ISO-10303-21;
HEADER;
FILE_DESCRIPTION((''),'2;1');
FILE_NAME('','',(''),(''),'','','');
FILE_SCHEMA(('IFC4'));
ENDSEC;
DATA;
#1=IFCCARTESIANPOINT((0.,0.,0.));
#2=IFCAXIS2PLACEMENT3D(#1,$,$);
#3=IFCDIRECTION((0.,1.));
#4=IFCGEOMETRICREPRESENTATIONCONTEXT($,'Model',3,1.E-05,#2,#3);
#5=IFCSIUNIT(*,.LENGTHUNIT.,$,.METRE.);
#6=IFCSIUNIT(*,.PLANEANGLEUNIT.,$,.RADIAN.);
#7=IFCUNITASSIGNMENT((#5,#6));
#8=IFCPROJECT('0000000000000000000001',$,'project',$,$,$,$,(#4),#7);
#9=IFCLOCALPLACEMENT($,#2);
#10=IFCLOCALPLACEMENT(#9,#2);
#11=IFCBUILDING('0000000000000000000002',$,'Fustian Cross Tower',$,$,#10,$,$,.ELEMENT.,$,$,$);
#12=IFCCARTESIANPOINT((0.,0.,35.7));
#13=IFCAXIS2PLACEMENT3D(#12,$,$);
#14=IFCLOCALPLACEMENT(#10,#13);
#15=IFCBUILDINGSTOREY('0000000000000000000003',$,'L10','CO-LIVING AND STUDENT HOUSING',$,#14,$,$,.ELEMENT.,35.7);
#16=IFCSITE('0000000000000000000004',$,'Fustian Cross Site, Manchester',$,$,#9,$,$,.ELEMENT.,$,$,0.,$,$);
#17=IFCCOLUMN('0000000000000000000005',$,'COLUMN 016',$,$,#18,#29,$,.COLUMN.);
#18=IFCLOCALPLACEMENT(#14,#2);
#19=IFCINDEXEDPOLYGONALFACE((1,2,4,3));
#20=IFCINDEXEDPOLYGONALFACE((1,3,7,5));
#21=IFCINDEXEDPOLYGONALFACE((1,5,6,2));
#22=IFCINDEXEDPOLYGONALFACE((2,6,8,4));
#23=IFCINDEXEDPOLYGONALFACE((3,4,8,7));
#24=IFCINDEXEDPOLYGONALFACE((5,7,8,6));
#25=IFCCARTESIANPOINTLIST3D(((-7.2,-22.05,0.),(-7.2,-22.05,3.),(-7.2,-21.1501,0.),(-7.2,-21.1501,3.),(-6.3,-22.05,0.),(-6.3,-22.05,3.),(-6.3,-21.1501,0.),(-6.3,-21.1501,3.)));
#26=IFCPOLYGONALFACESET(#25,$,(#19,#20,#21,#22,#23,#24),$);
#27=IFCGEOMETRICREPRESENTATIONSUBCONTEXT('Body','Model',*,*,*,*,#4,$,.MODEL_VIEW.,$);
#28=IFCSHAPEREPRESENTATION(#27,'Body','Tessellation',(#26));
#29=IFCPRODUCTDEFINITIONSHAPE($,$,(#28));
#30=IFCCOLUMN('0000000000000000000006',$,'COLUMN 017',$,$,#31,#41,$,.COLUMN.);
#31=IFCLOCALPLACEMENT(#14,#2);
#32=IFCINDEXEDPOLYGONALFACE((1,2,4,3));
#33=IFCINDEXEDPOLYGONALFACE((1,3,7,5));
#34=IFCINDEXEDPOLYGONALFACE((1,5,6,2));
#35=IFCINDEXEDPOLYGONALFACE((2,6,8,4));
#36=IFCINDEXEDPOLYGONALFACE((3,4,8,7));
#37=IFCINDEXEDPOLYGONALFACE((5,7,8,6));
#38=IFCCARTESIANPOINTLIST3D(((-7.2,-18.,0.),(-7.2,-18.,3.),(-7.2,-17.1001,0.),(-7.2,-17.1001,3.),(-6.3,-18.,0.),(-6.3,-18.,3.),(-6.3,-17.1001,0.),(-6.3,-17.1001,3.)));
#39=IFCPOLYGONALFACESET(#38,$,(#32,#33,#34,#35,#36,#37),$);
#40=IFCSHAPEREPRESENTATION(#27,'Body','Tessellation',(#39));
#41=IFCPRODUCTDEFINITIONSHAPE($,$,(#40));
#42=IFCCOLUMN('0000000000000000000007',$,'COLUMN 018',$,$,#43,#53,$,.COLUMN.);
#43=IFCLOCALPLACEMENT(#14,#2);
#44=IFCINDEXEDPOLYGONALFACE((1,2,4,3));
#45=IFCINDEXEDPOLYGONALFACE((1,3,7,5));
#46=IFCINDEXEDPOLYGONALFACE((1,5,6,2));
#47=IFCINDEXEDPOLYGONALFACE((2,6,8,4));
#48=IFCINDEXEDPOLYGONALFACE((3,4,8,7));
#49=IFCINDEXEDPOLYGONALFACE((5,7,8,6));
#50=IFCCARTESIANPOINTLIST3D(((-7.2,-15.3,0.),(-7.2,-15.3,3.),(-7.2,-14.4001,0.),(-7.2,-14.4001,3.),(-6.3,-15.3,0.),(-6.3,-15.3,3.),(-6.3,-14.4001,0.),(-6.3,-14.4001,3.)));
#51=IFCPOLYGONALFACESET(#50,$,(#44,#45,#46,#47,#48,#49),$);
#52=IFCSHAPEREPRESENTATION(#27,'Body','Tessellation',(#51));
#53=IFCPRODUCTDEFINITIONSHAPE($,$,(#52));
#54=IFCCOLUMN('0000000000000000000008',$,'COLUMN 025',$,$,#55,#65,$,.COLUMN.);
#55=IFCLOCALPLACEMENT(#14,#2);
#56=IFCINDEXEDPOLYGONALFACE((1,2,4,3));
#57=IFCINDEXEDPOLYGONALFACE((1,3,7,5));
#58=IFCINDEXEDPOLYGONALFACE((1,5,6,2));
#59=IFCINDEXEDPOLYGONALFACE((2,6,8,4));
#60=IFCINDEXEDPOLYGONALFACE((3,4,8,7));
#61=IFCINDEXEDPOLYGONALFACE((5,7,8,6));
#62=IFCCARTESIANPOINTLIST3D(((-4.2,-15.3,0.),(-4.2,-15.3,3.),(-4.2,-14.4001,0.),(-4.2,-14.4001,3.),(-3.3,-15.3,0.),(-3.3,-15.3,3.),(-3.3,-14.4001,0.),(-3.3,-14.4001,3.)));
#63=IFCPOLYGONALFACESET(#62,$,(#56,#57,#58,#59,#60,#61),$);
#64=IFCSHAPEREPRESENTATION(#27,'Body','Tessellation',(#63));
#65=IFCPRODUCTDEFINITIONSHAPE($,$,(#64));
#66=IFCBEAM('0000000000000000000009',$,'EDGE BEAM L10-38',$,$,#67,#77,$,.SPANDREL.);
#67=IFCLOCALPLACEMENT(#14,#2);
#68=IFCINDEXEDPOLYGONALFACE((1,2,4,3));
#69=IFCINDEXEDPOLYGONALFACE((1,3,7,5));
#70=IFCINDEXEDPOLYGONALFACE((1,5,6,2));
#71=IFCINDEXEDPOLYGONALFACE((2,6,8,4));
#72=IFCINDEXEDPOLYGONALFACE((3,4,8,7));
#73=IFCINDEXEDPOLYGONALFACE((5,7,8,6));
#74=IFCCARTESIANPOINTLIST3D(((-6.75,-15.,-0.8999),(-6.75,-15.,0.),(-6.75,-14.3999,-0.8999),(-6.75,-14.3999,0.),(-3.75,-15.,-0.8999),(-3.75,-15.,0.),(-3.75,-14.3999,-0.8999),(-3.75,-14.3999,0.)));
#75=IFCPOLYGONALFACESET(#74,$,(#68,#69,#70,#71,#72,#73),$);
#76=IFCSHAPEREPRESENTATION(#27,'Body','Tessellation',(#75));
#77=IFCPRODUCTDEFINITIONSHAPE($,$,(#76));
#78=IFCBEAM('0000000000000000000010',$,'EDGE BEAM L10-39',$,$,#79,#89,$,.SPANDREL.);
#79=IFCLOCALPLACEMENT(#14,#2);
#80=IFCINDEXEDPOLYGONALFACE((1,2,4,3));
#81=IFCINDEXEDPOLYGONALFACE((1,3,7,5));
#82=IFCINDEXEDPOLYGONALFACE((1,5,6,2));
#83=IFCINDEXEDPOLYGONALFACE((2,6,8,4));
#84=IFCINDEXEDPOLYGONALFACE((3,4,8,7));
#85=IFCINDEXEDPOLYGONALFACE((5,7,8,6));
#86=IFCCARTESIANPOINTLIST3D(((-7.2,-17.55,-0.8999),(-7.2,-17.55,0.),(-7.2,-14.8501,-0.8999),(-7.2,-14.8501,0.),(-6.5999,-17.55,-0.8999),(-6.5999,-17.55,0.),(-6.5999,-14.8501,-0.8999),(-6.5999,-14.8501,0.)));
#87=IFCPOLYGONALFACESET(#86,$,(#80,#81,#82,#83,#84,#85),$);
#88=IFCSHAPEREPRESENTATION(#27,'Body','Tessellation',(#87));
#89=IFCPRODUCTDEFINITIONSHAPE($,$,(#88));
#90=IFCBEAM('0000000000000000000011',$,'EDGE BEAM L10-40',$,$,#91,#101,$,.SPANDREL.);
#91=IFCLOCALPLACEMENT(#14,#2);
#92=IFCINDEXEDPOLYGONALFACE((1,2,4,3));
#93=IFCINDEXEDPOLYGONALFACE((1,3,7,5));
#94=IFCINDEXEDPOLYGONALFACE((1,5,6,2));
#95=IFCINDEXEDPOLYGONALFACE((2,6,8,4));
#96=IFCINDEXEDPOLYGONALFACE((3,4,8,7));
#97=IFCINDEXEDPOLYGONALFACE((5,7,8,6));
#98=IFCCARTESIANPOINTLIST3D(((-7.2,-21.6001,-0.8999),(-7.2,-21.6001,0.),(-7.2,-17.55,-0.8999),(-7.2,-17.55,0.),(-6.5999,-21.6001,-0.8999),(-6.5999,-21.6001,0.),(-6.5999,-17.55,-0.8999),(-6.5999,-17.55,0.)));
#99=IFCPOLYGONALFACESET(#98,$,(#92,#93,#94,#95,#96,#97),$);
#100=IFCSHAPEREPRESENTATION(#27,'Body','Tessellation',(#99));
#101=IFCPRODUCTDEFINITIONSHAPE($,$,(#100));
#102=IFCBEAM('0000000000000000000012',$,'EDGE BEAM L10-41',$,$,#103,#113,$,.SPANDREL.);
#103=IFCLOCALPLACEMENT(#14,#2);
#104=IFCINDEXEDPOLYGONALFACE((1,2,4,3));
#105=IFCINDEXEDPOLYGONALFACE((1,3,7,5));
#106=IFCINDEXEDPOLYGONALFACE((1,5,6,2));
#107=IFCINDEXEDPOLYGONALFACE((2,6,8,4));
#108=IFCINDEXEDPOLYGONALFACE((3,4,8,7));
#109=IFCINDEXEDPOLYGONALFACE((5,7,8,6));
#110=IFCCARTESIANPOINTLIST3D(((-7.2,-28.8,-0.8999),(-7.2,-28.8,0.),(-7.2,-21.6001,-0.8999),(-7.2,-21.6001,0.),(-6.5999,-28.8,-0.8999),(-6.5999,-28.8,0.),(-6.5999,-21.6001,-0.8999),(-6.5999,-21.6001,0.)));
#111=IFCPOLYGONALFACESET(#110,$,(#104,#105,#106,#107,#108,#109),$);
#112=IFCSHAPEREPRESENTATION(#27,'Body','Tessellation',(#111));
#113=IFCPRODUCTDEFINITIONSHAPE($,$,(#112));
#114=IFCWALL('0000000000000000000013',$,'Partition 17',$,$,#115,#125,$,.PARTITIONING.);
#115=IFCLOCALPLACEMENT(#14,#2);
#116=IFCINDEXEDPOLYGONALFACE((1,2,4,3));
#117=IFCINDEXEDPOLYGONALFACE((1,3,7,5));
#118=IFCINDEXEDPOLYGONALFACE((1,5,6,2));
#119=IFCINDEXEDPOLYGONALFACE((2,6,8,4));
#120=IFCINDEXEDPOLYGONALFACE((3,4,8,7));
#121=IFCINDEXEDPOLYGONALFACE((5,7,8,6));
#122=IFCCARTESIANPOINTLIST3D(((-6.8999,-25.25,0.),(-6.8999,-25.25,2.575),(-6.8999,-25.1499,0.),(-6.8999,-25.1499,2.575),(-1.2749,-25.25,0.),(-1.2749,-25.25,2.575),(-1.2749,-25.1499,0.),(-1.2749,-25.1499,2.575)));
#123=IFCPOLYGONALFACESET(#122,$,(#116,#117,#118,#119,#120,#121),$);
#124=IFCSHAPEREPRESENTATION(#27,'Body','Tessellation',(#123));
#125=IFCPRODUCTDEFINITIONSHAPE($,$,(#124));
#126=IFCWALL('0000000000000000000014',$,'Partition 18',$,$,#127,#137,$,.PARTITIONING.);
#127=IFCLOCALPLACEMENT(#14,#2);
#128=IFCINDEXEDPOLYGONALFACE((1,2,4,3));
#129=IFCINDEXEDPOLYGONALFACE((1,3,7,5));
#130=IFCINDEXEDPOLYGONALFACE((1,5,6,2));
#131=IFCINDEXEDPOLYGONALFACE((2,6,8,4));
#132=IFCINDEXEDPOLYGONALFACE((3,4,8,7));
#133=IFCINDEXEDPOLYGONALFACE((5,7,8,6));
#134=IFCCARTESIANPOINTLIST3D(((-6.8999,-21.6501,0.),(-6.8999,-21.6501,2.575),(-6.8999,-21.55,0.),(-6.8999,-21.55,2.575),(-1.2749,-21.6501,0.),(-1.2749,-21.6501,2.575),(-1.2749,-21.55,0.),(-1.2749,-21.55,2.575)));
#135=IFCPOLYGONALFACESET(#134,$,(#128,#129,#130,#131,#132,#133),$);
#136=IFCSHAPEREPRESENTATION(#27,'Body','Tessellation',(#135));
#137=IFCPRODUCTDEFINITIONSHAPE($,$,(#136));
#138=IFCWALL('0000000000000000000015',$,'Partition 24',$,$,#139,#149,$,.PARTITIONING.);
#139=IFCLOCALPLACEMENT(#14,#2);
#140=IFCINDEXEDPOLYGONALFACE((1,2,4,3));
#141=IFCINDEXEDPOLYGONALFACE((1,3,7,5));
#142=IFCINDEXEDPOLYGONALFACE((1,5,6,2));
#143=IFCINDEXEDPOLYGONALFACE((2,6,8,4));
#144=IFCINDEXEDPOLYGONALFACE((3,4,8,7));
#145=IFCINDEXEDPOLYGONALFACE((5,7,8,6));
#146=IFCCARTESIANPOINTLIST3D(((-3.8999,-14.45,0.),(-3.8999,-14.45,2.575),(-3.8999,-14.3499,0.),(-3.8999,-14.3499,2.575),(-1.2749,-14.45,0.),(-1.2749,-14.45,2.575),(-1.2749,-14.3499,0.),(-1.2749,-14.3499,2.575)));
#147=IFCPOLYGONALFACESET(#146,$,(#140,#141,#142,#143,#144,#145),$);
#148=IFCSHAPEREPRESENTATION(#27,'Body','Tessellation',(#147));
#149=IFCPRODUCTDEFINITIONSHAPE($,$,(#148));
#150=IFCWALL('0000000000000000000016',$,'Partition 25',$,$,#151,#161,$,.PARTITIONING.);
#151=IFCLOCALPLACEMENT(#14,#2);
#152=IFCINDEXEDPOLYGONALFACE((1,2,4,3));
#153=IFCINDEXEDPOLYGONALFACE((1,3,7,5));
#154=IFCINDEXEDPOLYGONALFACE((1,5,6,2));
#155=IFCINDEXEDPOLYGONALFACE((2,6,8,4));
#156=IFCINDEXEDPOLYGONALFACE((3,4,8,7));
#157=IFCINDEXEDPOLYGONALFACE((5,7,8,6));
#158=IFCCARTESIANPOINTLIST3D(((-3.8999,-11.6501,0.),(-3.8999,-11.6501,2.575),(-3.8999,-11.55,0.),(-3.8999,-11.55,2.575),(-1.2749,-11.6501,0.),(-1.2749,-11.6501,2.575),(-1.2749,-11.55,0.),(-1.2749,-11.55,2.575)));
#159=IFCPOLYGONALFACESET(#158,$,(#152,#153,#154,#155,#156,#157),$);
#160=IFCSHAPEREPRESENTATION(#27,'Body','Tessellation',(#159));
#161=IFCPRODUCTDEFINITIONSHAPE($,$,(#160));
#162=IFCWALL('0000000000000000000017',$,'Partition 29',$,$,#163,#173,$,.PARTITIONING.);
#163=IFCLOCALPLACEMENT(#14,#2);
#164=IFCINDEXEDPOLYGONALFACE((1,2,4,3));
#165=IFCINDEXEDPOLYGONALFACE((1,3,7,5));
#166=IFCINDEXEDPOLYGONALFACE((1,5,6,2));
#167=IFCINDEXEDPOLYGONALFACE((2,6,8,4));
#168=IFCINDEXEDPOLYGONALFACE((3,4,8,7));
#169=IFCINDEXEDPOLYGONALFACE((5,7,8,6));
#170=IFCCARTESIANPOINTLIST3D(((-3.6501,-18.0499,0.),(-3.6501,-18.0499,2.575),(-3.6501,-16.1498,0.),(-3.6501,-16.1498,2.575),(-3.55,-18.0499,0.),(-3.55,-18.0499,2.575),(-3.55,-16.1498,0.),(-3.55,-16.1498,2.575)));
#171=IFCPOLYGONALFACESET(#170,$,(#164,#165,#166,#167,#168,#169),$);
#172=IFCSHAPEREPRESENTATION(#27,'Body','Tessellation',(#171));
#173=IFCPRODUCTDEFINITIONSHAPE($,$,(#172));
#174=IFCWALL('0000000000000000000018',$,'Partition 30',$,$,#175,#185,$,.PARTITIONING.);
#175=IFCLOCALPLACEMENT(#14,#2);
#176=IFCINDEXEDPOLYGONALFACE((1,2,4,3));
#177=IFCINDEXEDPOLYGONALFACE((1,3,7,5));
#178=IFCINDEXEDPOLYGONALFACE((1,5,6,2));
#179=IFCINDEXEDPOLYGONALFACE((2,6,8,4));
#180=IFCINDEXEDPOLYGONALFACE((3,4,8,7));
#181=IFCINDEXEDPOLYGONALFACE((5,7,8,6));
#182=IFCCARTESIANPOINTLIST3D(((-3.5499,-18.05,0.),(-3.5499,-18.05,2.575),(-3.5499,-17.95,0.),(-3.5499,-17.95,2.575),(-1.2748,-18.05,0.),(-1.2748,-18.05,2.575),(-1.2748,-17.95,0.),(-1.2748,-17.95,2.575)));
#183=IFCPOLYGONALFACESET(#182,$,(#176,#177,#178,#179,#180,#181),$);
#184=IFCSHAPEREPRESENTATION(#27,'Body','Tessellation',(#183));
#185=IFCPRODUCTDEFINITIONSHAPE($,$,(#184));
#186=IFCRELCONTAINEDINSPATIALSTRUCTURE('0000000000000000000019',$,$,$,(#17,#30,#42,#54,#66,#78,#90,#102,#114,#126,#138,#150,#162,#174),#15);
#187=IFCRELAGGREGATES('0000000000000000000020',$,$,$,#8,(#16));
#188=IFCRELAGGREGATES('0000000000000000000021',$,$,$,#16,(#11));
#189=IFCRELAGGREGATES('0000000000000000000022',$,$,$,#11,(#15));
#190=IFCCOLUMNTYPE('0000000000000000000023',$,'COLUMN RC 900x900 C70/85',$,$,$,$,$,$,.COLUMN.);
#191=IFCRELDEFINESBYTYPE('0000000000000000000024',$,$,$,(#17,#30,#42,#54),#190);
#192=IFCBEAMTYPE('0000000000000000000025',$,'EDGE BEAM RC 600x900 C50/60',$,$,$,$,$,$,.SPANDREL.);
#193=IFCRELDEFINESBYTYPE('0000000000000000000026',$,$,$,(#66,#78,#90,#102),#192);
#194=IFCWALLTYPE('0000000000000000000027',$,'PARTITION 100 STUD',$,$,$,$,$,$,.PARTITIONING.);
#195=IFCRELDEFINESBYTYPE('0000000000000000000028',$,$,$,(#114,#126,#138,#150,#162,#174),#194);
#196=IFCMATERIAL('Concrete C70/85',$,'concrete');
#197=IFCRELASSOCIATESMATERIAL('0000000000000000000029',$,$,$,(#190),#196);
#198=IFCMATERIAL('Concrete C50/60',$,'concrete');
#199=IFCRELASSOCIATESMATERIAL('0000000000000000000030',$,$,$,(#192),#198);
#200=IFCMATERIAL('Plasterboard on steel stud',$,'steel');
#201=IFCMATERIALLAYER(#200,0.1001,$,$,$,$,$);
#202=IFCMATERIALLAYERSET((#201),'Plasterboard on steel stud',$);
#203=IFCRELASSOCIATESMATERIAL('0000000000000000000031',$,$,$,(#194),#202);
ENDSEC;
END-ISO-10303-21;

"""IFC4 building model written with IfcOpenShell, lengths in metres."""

from ifc_helpers import new_model, si_unit, direction, frame, frame_2d, origin, origin_2d, place, context, subcontext, project, spatial, rectangle, extrude, material, layer, layer_set, material_profile, profile_set, type_object, element, save


model = new_model("IFC4")

# Units and contexts
model_context = context("Model", 3, precision=1e-05, world=origin(), true_north=direction((0.0, 1.0)))
body_context = subcontext(model_context, "Body", "Model", "MODEL_VIEW")
ifc_project = project(units=[si_unit("LENGTHUNIT", "METRE"), si_unit("PLANEANGLEUNIT", "RADIAN")], contexts=[model_context])

# Site, building, storey
site_placement = place(None, origin())
site = spatial("IfcSite", under=ifc_project, at=site_placement, Name="Fustian Cross Site, Manchester", CompositionType="ELEMENT", RefElevation=0.0)
building_placement = place(site_placement, origin())
building = spatial("IfcBuilding", under=site, at=building_placement, Name="Fustian Cross Tower", CompositionType="ELEMENT")
storey_placement = place(building_placement, frame((0.0, 0.0, 35.7)))
storey = spatial("IfcBuildingStorey", under=building, at=storey_placement, Name="L10", Description="CO-LIVING AND STUDENT HOUSING", CompositionType="ELEMENT", Elevation=35.7)

# Columns
ifc_material_1 = material(Name="Concrete C70/85", Category="concrete")
ifc_material_profile_1 = material_profile(ifc_material_1, rectangle(XDim=0.8999, YDim=0.8999, at=origin_2d()), Name="RC 900x900")
ifc_profile_set_1 = profile_set([ifc_material_profile_1], Name="Concrete C70/85")
column_type = type_object("IfcColumnType", Name="COLUMN RC 900x900 C70/85", PredefinedType="COLUMN", material=ifc_profile_set_1)
for number, where, z_axis, x_axis, name in (
    (1, (-6.75, -21.6001, 0.0), (0.0, 0.0, 1.0), (1.0, 0.0, 0.0), "COLUMN 016"),
    (2, (-6.75, -17.55, 0.0), (0.0, 0.0, 1.0), (1.0, 0.0, 0.0), "COLUMN 017"),
    (3, (-6.75, -14.8501, 0.0), (0.0, 0.0, 1.0), (1.0, 0.0, 0.0), "COLUMN 018"),
    (4, (-3.75, -14.8501, 0.0), (0.0, 0.0, 1.0), (1.0, 0.0, 0.0), "COLUMN 025"),
):
    element("IfcColumn", number, at=place(storey_placement, frame(where, z_axis=z_axis, x_axis=x_axis)), inside=storey, type_object=column_type, Name=name, PredefinedType="COLUMN", context=body_context, shape_type="SweptSolid", body=[
        extrude(rectangle(XDim=0.8999, YDim=0.8999, at=origin_2d()), origin(), (0.0, 0.0, 1.0), 3.0),
    ])

# Beams
ifc_material_2 = material(Name="Concrete C50/60", Category="concrete")
ifc_material_profile_2 = material_profile(ifc_material_2, rectangle(XDim=0.6001, YDim=0.8999, at=origin_2d()), Name="RC 600x900")
ifc_profile_set_2 = profile_set([ifc_material_profile_2], Name="Concrete C50/60")
beam_type = type_object("IfcBeamType", Name="EDGE BEAM RC 600x900 C50/60", PredefinedType="SPANDREL", material=ifc_profile_set_2)
beam_1_placement = place(storey_placement, frame((-3.75, -14.7, -0.45), z_axis=(-1.0, 0.0, 0.0), x_axis=(0.0, -1.0, 0.0)))
element("IfcBeam", 5, at=beam_1_placement, inside=storey, type_object=beam_type, Name="EDGE BEAM L10-38", PredefinedType="SPANDREL", context=body_context, shape_type="SweptSolid", body=[
    extrude(rectangle(XDim=0.6001, YDim=0.8999, at=origin_2d()), origin(), (0.0, 0.0, 1.0), 3.0),
])
beam_2_placement = place(storey_placement, frame((-6.8999, -14.8501, -0.45), z_axis=(0.0, -1.0, 0.0), x_axis=(1.0, 0.0, 0.0)))
element("IfcBeam", 6, at=beam_2_placement, inside=storey, type_object=beam_type, Name="EDGE BEAM L10-39", PredefinedType="SPANDREL", context=body_context, shape_type="SweptSolid", body=[
    extrude(rectangle(XDim=0.6001, YDim=0.8999, at=origin_2d()), origin(), (0.0, 0.0, 1.0), 2.7),
])
beam_3_placement = place(storey_placement, frame((-6.8999, -17.55, -0.45), z_axis=(0.0, -1.0, 0.0), x_axis=(1.0, 0.0, 0.0)))
element("IfcBeam", 7, at=beam_3_placement, inside=storey, type_object=beam_type, Name="EDGE BEAM L10-40", PredefinedType="SPANDREL", context=body_context, shape_type="SweptSolid", body=[
    extrude(rectangle(XDim=0.6001, YDim=0.8999, at=origin_2d()), origin(), (0.0, 0.0, 1.0), 4.05),
])
beam_4_placement = place(storey_placement, frame((-6.8999, -21.6001, -0.45), z_axis=(0.0, -1.0, 0.0), x_axis=(1.0, 0.0, 0.0)))
element("IfcBeam", 8, at=beam_4_placement, inside=storey, type_object=beam_type, Name="EDGE BEAM L10-41", PredefinedType="SPANDREL", context=body_context, shape_type="SweptSolid", body=[
    extrude(rectangle(XDim=0.6001, YDim=0.8999, at=origin_2d()), origin(), (0.0, 0.0, 1.0), 7.2),
])

# Walls
ifc_material_3 = material(Name="Plasterboard on steel stud", Category="steel")
ifc_layer_1 = layer(ifc_material_3, 0.1001)
ifc_layer_set_1 = layer_set([ifc_layer_1], Name="Plasterboard on steel stud")
wall_type_1 = type_object("IfcWallType", Name="PARTITION 100 STUD", PredefinedType="PARTITIONING", material=ifc_layer_set_1)
for number, where, z_axis, x_axis, name in (
    (9, (-6.8999, -25.2, 0.0), (0.0, 0.0, 1.0), (1.0, 0.0, 0.0), "Partition 17"),
    (10, (-6.8999, -21.6001, 0.0), (0.0, 0.0, 1.0), (1.0, 0.0, 0.0), "Partition 18"),
):
    element("IfcWall", number, at=place(storey_placement, frame(where, z_axis=z_axis, x_axis=x_axis)), inside=storey, type_object=wall_type_1, Name=name, PredefinedType="PARTITIONING", context=body_context, shape_type="SweptSolid", body=[
        extrude(rectangle(XDim=5.625, YDim=0.1001, at=frame_2d((2.8125, 0.0))), origin(), (0.0, 0.0, 1.0), 2.575),
    ])
for number, where, z_axis, x_axis, name in (
    (11, (-3.8999, -14.3999, 0.0), (0.0, 0.0, 1.0), (1.0, 0.0, 0.0), "Partition 24"),
    (12, (-3.8999, -11.6001, 0.0), (0.0, 0.0, 1.0), (1.0, 0.0, 0.0), "Partition 25"),
):
    element("IfcWall", number, at=place(storey_placement, frame(where, z_axis=z_axis, x_axis=x_axis)), inside=storey, type_object=wall_type_1, Name=name, PredefinedType="PARTITIONING", context=body_context, shape_type="SweptSolid", body=[
        extrude(rectangle(XDim=2.625, YDim=0.1001, at=frame_2d((1.3125, 0.0))), origin(), (0.0, 0.0, 1.0), 2.575),
    ])
wall_1_placement = place(storey_placement, frame((-3.6001, -18.05, 0.0), z_axis=(0.0, 0.0, 1.0), x_axis=(0.0, 1.0, 0.0)))
element("IfcWall", 13, at=wall_1_placement, inside=storey, type_object=wall_type_1, Name="Partition 29", PredefinedType="PARTITIONING", context=body_context, shape_type="SweptSolid", body=[
    extrude(rectangle(XDim=1.9001, YDim=0.1001, at=frame_2d((0.9502, 0.0))), origin(), (0.0, 0.0, 1.0), 2.575),
])
wall_2_placement = place(storey_placement, frame((-3.55, -18.0, 0.0), z_axis=(0.0, 0.0, 1.0), x_axis=(1.0, 0.0, 0.0)))
element("IfcWall", 14, at=wall_2_placement, inside=storey, type_object=wall_type_1, Name="Partition 30", PredefinedType="PARTITIONING", context=body_context, shape_type="SweptSolid", body=[
    extrude(rectangle(XDim=2.2751, YDim=0.1001, at=frame_2d((1.1377, 0.0))), origin(), (0.0, 0.0, 1.0), 2.575),
])

save(model, "model.ifc")
